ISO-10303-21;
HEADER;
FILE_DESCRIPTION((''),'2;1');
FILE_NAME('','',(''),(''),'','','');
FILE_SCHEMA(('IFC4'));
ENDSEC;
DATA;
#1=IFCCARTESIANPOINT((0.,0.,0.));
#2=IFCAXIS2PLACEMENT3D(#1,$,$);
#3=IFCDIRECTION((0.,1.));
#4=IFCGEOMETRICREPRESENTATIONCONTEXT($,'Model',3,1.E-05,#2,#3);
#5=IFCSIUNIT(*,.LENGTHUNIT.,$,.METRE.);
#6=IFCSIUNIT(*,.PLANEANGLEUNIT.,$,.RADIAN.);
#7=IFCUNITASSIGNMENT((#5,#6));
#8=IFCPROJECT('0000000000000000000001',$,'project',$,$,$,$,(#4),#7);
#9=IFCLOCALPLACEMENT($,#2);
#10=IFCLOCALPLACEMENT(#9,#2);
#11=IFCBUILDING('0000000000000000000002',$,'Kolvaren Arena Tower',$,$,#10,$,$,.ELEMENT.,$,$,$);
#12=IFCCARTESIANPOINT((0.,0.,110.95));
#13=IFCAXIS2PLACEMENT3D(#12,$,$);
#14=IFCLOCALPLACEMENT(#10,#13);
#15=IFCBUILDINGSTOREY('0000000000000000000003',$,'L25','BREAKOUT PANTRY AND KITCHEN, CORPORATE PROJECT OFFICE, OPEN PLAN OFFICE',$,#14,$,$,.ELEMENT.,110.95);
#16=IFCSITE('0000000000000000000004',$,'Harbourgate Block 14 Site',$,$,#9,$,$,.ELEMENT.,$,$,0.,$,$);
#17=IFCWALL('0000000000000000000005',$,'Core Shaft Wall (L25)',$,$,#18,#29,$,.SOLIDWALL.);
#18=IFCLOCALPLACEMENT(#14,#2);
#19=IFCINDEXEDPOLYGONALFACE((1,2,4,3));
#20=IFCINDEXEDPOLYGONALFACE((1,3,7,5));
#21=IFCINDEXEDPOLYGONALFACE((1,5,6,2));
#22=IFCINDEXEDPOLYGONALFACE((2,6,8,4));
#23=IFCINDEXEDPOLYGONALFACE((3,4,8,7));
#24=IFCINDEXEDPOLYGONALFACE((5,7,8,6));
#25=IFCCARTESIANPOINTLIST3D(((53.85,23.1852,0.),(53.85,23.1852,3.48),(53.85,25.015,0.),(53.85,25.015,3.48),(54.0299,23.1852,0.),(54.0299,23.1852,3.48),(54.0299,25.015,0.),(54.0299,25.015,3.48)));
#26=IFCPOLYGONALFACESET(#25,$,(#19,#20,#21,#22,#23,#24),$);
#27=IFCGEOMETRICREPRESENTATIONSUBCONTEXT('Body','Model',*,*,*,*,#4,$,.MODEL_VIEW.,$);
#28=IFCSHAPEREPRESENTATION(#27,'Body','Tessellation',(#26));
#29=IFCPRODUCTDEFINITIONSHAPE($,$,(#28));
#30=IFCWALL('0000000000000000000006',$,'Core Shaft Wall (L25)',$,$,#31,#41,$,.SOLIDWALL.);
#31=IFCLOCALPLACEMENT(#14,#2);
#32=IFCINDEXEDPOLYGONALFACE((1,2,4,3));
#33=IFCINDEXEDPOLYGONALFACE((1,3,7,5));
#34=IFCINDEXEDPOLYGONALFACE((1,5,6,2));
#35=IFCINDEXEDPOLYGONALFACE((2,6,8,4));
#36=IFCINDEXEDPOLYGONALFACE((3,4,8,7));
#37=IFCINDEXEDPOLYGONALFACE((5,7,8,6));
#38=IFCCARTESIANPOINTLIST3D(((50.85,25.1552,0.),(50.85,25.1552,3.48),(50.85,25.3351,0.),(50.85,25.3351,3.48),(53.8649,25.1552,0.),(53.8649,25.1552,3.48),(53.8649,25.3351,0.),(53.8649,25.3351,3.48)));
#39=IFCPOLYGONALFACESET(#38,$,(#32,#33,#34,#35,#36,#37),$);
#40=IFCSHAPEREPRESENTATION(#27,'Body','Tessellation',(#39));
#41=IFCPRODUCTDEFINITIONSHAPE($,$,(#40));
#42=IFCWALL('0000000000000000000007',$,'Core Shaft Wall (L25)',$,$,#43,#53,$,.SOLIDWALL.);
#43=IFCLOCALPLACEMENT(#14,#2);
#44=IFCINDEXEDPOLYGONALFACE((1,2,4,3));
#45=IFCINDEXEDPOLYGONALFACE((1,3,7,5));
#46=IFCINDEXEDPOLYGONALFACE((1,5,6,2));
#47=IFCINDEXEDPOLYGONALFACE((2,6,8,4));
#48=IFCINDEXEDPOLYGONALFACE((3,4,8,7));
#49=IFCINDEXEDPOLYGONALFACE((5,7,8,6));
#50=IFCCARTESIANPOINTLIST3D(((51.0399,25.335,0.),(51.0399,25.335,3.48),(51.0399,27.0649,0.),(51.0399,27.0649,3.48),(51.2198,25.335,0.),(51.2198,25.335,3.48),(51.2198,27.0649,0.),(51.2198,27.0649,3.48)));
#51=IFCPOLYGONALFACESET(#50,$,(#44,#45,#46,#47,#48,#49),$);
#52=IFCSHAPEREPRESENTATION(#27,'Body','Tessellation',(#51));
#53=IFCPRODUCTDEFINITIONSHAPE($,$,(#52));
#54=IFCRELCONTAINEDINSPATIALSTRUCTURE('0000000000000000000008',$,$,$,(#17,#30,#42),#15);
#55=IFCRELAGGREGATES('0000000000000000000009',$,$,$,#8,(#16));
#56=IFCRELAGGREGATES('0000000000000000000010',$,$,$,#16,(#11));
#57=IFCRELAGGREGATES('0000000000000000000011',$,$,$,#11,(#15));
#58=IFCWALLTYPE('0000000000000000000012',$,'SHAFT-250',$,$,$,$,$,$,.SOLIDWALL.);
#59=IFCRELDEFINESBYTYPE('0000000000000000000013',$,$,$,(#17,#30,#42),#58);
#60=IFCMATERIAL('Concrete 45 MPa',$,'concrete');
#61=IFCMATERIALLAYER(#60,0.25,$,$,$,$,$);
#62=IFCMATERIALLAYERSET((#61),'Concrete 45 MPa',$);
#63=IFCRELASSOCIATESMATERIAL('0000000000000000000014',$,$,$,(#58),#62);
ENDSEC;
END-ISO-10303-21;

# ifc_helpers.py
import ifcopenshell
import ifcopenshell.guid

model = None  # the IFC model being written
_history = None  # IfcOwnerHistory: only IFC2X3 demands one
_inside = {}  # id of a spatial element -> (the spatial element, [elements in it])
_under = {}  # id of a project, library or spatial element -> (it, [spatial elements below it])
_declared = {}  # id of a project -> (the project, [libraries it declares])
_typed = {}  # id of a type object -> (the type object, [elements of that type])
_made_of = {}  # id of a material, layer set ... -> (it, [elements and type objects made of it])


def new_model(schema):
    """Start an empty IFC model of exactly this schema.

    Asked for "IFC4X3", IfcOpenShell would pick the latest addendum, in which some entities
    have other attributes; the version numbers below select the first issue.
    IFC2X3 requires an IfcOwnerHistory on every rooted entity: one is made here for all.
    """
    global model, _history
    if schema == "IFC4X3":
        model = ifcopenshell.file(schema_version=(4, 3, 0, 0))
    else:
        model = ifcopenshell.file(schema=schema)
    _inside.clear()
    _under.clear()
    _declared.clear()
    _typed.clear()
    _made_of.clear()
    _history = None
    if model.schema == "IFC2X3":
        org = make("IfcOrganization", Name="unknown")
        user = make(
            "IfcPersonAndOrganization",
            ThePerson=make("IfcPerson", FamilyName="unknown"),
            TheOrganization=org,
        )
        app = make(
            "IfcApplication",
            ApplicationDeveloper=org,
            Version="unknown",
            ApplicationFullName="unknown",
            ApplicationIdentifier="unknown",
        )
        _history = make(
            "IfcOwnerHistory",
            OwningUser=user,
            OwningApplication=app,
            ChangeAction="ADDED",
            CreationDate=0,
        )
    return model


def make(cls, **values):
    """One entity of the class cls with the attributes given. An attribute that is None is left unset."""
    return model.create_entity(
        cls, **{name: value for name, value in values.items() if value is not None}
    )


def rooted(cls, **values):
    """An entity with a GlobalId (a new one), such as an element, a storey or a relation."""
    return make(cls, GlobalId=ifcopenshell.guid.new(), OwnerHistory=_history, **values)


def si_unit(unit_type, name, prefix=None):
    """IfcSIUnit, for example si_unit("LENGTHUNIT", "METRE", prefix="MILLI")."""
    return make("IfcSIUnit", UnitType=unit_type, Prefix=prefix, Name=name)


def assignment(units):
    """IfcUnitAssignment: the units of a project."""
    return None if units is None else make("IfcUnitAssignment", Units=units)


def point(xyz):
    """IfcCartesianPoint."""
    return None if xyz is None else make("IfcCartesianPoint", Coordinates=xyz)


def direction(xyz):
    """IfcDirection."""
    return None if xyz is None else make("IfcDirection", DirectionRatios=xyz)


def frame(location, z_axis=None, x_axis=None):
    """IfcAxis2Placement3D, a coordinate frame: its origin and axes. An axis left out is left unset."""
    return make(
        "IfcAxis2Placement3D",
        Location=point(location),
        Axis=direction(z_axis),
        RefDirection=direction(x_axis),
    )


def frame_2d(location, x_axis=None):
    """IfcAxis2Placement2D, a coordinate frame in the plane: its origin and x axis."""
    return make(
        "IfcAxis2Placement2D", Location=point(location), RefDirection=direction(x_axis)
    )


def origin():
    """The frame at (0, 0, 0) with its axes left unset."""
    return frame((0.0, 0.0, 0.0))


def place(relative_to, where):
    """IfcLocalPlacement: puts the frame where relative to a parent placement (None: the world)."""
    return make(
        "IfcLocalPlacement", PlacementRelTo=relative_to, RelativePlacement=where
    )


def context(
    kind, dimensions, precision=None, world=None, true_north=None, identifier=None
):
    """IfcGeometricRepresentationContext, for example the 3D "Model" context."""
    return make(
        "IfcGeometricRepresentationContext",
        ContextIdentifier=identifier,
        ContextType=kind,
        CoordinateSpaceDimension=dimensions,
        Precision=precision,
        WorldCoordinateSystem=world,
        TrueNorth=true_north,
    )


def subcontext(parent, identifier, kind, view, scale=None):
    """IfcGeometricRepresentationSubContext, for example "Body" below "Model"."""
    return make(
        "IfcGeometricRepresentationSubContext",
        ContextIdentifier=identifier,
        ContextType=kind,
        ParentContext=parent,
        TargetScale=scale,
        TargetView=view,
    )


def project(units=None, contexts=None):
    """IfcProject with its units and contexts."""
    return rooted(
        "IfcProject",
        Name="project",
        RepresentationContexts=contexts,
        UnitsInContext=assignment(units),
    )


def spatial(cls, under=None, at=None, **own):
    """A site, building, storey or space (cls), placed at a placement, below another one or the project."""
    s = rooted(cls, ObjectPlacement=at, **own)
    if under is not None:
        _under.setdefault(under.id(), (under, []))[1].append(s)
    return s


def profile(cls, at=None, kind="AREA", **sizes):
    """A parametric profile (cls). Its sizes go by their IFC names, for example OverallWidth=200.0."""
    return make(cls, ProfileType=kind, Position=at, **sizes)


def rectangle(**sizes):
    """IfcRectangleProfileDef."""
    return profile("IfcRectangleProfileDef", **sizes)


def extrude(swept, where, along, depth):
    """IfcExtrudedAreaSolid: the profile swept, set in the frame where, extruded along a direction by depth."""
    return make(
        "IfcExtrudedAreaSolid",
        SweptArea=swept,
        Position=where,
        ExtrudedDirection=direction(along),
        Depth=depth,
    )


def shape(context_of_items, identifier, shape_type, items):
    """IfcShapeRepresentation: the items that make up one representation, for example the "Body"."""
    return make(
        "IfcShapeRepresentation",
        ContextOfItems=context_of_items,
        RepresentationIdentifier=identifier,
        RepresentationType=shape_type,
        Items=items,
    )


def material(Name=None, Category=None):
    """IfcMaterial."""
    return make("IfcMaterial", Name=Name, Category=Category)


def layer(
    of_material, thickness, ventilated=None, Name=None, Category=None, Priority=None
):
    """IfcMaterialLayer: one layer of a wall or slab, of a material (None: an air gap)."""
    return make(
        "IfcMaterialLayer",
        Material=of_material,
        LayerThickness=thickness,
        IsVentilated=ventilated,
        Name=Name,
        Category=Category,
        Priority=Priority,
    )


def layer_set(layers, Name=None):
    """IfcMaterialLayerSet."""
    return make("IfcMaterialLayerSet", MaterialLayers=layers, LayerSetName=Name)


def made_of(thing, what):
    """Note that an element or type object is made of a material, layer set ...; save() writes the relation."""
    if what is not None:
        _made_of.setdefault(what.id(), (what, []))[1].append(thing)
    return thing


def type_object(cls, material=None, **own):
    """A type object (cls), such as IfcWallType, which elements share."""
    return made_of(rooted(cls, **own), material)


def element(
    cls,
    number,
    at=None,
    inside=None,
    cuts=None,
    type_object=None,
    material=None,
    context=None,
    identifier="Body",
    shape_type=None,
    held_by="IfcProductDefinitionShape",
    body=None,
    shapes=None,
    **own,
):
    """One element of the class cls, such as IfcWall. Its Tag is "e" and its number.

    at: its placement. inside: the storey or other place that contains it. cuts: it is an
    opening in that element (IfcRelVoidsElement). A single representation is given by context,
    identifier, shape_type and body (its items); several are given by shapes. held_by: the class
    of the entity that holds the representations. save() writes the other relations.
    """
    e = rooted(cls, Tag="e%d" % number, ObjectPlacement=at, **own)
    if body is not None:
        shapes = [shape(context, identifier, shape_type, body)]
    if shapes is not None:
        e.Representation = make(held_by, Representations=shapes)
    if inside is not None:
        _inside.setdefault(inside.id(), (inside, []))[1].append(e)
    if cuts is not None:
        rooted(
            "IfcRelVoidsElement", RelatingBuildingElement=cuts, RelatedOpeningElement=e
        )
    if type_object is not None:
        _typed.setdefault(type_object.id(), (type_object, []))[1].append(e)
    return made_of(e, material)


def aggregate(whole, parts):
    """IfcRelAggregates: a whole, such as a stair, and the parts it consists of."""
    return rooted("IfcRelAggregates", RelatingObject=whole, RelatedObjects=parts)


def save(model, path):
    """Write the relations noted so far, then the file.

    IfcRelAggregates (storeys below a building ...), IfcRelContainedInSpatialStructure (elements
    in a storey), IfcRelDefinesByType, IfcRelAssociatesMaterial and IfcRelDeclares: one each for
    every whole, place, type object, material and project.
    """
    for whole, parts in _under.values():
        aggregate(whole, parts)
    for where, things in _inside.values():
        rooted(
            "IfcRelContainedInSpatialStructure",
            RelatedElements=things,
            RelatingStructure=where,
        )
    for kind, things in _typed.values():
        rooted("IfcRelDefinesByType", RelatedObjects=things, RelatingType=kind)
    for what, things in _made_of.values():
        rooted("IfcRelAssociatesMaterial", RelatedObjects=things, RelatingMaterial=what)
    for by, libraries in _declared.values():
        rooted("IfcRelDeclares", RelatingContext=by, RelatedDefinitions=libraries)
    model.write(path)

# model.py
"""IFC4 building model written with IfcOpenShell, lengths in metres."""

from ifc_helpers import new_model, si_unit, direction, frame, frame_2d, origin, place, context, subcontext, project, spatial, rectangle, extrude, material, layer, layer_set, type_object, element, save


model = new_model("IFC4")

# Units and contexts
model_context = context("Model", 3, precision=1e-05, world=origin(), true_north=direction((0.0, 1.0)))
body_context = subcontext(model_context, "Body", "Model", "MODEL_VIEW")
ifc_project = project(units=[si_unit("LENGTHUNIT", "METRE"), si_unit("PLANEANGLEUNIT", "RADIAN")], contexts=[model_context])

# Site, building, storey
site_placement = place(None, origin())
site = spatial("IfcSite", under=ifc_project, at=site_placement, Name="Harbourgate Block 14 Site", CompositionType="ELEMENT", RefElevation=0.0)
building_placement = place(site_placement, origin())
building = spatial("IfcBuilding", under=site, at=building_placement, Name="Kolvaren Arena Tower", CompositionType="ELEMENT")
storey_placement = place(building_placement, frame((0.0, 0.0, 110.95)))
storey = spatial("IfcBuildingStorey", under=building, at=storey_placement, Name="L25", Description="BREAKOUT PANTRY AND KITCHEN, CORPORATE PROJECT OFFICE, OPEN PLAN OFFICE", CompositionType="ELEMENT", Elevation=110.95)

# Shared definitions
ifc_material_1 = material(Name="Concrete 45 MPa", Category="concrete")
ifc_layer_1 = layer(ifc_material_1, 0.25)
ifc_layer_set_1 = layer_set([ifc_layer_1], Name="Concrete 45 MPa")
wall_type_1 = type_object("IfcWallType", Name="SHAFT-250", PredefinedType="SOLIDWALL", material=ifc_layer_set_1)

# Walls
wall_1_placement = place(storey_placement, frame((53.9399, 23.1851, 0.0), z_axis=(0.0, 0.0, 1.0), x_axis=(0.0, 1.0, 0.0)))
element("IfcWall", 1, at=wall_1_placement, inside=storey, type_object=wall_type_1, Name="Core Shaft Wall (L25)", PredefinedType="SOLIDWALL", context=body_context, shape_type="SweptSolid", body=[
    extrude(rectangle(XDim=1.8298, YDim=0.1799, at=frame_2d((0.915, 0.0))), origin(), (0.0, 0.0, 1.0), 3.48),
])
wall_2_placement = place(storey_placement, frame((50.8501, 25.2451, 0.0), z_axis=(0.0, 0.0, 1.0), x_axis=(1.0, 0.0, 0.0)))
element("IfcWall", 2, at=wall_2_placement, inside=storey, type_object=wall_type_1, Name="Core Shaft Wall (L25)", PredefinedType="SOLIDWALL", context=body_context, shape_type="SweptSolid", body=[
    extrude(rectangle(XDim=3.0149, YDim=0.1799, at=frame_2d((1.5073, 0.0))), origin(), (0.0, 0.0, 1.0), 3.48),
])
wall_3_placement = place(storey_placement, frame((51.1299, 25.335, 0.0), z_axis=(0.0, 0.0, 1.0), x_axis=(0.0, 1.0, 0.0)))
element("IfcWall", 3, at=wall_3_placement, inside=storey, type_object=wall_type_1, Name="Core Shaft Wall (L25)", PredefinedType="SOLIDWALL", context=body_context, shape_type="SweptSolid", body=[
    extrude(rectangle(XDim=1.73, YDim=0.1799, at=frame_2d((0.865, 0.0))), origin(), (0.0, 0.0, 1.0), 3.48),
])

save(model, "model.ifc")
